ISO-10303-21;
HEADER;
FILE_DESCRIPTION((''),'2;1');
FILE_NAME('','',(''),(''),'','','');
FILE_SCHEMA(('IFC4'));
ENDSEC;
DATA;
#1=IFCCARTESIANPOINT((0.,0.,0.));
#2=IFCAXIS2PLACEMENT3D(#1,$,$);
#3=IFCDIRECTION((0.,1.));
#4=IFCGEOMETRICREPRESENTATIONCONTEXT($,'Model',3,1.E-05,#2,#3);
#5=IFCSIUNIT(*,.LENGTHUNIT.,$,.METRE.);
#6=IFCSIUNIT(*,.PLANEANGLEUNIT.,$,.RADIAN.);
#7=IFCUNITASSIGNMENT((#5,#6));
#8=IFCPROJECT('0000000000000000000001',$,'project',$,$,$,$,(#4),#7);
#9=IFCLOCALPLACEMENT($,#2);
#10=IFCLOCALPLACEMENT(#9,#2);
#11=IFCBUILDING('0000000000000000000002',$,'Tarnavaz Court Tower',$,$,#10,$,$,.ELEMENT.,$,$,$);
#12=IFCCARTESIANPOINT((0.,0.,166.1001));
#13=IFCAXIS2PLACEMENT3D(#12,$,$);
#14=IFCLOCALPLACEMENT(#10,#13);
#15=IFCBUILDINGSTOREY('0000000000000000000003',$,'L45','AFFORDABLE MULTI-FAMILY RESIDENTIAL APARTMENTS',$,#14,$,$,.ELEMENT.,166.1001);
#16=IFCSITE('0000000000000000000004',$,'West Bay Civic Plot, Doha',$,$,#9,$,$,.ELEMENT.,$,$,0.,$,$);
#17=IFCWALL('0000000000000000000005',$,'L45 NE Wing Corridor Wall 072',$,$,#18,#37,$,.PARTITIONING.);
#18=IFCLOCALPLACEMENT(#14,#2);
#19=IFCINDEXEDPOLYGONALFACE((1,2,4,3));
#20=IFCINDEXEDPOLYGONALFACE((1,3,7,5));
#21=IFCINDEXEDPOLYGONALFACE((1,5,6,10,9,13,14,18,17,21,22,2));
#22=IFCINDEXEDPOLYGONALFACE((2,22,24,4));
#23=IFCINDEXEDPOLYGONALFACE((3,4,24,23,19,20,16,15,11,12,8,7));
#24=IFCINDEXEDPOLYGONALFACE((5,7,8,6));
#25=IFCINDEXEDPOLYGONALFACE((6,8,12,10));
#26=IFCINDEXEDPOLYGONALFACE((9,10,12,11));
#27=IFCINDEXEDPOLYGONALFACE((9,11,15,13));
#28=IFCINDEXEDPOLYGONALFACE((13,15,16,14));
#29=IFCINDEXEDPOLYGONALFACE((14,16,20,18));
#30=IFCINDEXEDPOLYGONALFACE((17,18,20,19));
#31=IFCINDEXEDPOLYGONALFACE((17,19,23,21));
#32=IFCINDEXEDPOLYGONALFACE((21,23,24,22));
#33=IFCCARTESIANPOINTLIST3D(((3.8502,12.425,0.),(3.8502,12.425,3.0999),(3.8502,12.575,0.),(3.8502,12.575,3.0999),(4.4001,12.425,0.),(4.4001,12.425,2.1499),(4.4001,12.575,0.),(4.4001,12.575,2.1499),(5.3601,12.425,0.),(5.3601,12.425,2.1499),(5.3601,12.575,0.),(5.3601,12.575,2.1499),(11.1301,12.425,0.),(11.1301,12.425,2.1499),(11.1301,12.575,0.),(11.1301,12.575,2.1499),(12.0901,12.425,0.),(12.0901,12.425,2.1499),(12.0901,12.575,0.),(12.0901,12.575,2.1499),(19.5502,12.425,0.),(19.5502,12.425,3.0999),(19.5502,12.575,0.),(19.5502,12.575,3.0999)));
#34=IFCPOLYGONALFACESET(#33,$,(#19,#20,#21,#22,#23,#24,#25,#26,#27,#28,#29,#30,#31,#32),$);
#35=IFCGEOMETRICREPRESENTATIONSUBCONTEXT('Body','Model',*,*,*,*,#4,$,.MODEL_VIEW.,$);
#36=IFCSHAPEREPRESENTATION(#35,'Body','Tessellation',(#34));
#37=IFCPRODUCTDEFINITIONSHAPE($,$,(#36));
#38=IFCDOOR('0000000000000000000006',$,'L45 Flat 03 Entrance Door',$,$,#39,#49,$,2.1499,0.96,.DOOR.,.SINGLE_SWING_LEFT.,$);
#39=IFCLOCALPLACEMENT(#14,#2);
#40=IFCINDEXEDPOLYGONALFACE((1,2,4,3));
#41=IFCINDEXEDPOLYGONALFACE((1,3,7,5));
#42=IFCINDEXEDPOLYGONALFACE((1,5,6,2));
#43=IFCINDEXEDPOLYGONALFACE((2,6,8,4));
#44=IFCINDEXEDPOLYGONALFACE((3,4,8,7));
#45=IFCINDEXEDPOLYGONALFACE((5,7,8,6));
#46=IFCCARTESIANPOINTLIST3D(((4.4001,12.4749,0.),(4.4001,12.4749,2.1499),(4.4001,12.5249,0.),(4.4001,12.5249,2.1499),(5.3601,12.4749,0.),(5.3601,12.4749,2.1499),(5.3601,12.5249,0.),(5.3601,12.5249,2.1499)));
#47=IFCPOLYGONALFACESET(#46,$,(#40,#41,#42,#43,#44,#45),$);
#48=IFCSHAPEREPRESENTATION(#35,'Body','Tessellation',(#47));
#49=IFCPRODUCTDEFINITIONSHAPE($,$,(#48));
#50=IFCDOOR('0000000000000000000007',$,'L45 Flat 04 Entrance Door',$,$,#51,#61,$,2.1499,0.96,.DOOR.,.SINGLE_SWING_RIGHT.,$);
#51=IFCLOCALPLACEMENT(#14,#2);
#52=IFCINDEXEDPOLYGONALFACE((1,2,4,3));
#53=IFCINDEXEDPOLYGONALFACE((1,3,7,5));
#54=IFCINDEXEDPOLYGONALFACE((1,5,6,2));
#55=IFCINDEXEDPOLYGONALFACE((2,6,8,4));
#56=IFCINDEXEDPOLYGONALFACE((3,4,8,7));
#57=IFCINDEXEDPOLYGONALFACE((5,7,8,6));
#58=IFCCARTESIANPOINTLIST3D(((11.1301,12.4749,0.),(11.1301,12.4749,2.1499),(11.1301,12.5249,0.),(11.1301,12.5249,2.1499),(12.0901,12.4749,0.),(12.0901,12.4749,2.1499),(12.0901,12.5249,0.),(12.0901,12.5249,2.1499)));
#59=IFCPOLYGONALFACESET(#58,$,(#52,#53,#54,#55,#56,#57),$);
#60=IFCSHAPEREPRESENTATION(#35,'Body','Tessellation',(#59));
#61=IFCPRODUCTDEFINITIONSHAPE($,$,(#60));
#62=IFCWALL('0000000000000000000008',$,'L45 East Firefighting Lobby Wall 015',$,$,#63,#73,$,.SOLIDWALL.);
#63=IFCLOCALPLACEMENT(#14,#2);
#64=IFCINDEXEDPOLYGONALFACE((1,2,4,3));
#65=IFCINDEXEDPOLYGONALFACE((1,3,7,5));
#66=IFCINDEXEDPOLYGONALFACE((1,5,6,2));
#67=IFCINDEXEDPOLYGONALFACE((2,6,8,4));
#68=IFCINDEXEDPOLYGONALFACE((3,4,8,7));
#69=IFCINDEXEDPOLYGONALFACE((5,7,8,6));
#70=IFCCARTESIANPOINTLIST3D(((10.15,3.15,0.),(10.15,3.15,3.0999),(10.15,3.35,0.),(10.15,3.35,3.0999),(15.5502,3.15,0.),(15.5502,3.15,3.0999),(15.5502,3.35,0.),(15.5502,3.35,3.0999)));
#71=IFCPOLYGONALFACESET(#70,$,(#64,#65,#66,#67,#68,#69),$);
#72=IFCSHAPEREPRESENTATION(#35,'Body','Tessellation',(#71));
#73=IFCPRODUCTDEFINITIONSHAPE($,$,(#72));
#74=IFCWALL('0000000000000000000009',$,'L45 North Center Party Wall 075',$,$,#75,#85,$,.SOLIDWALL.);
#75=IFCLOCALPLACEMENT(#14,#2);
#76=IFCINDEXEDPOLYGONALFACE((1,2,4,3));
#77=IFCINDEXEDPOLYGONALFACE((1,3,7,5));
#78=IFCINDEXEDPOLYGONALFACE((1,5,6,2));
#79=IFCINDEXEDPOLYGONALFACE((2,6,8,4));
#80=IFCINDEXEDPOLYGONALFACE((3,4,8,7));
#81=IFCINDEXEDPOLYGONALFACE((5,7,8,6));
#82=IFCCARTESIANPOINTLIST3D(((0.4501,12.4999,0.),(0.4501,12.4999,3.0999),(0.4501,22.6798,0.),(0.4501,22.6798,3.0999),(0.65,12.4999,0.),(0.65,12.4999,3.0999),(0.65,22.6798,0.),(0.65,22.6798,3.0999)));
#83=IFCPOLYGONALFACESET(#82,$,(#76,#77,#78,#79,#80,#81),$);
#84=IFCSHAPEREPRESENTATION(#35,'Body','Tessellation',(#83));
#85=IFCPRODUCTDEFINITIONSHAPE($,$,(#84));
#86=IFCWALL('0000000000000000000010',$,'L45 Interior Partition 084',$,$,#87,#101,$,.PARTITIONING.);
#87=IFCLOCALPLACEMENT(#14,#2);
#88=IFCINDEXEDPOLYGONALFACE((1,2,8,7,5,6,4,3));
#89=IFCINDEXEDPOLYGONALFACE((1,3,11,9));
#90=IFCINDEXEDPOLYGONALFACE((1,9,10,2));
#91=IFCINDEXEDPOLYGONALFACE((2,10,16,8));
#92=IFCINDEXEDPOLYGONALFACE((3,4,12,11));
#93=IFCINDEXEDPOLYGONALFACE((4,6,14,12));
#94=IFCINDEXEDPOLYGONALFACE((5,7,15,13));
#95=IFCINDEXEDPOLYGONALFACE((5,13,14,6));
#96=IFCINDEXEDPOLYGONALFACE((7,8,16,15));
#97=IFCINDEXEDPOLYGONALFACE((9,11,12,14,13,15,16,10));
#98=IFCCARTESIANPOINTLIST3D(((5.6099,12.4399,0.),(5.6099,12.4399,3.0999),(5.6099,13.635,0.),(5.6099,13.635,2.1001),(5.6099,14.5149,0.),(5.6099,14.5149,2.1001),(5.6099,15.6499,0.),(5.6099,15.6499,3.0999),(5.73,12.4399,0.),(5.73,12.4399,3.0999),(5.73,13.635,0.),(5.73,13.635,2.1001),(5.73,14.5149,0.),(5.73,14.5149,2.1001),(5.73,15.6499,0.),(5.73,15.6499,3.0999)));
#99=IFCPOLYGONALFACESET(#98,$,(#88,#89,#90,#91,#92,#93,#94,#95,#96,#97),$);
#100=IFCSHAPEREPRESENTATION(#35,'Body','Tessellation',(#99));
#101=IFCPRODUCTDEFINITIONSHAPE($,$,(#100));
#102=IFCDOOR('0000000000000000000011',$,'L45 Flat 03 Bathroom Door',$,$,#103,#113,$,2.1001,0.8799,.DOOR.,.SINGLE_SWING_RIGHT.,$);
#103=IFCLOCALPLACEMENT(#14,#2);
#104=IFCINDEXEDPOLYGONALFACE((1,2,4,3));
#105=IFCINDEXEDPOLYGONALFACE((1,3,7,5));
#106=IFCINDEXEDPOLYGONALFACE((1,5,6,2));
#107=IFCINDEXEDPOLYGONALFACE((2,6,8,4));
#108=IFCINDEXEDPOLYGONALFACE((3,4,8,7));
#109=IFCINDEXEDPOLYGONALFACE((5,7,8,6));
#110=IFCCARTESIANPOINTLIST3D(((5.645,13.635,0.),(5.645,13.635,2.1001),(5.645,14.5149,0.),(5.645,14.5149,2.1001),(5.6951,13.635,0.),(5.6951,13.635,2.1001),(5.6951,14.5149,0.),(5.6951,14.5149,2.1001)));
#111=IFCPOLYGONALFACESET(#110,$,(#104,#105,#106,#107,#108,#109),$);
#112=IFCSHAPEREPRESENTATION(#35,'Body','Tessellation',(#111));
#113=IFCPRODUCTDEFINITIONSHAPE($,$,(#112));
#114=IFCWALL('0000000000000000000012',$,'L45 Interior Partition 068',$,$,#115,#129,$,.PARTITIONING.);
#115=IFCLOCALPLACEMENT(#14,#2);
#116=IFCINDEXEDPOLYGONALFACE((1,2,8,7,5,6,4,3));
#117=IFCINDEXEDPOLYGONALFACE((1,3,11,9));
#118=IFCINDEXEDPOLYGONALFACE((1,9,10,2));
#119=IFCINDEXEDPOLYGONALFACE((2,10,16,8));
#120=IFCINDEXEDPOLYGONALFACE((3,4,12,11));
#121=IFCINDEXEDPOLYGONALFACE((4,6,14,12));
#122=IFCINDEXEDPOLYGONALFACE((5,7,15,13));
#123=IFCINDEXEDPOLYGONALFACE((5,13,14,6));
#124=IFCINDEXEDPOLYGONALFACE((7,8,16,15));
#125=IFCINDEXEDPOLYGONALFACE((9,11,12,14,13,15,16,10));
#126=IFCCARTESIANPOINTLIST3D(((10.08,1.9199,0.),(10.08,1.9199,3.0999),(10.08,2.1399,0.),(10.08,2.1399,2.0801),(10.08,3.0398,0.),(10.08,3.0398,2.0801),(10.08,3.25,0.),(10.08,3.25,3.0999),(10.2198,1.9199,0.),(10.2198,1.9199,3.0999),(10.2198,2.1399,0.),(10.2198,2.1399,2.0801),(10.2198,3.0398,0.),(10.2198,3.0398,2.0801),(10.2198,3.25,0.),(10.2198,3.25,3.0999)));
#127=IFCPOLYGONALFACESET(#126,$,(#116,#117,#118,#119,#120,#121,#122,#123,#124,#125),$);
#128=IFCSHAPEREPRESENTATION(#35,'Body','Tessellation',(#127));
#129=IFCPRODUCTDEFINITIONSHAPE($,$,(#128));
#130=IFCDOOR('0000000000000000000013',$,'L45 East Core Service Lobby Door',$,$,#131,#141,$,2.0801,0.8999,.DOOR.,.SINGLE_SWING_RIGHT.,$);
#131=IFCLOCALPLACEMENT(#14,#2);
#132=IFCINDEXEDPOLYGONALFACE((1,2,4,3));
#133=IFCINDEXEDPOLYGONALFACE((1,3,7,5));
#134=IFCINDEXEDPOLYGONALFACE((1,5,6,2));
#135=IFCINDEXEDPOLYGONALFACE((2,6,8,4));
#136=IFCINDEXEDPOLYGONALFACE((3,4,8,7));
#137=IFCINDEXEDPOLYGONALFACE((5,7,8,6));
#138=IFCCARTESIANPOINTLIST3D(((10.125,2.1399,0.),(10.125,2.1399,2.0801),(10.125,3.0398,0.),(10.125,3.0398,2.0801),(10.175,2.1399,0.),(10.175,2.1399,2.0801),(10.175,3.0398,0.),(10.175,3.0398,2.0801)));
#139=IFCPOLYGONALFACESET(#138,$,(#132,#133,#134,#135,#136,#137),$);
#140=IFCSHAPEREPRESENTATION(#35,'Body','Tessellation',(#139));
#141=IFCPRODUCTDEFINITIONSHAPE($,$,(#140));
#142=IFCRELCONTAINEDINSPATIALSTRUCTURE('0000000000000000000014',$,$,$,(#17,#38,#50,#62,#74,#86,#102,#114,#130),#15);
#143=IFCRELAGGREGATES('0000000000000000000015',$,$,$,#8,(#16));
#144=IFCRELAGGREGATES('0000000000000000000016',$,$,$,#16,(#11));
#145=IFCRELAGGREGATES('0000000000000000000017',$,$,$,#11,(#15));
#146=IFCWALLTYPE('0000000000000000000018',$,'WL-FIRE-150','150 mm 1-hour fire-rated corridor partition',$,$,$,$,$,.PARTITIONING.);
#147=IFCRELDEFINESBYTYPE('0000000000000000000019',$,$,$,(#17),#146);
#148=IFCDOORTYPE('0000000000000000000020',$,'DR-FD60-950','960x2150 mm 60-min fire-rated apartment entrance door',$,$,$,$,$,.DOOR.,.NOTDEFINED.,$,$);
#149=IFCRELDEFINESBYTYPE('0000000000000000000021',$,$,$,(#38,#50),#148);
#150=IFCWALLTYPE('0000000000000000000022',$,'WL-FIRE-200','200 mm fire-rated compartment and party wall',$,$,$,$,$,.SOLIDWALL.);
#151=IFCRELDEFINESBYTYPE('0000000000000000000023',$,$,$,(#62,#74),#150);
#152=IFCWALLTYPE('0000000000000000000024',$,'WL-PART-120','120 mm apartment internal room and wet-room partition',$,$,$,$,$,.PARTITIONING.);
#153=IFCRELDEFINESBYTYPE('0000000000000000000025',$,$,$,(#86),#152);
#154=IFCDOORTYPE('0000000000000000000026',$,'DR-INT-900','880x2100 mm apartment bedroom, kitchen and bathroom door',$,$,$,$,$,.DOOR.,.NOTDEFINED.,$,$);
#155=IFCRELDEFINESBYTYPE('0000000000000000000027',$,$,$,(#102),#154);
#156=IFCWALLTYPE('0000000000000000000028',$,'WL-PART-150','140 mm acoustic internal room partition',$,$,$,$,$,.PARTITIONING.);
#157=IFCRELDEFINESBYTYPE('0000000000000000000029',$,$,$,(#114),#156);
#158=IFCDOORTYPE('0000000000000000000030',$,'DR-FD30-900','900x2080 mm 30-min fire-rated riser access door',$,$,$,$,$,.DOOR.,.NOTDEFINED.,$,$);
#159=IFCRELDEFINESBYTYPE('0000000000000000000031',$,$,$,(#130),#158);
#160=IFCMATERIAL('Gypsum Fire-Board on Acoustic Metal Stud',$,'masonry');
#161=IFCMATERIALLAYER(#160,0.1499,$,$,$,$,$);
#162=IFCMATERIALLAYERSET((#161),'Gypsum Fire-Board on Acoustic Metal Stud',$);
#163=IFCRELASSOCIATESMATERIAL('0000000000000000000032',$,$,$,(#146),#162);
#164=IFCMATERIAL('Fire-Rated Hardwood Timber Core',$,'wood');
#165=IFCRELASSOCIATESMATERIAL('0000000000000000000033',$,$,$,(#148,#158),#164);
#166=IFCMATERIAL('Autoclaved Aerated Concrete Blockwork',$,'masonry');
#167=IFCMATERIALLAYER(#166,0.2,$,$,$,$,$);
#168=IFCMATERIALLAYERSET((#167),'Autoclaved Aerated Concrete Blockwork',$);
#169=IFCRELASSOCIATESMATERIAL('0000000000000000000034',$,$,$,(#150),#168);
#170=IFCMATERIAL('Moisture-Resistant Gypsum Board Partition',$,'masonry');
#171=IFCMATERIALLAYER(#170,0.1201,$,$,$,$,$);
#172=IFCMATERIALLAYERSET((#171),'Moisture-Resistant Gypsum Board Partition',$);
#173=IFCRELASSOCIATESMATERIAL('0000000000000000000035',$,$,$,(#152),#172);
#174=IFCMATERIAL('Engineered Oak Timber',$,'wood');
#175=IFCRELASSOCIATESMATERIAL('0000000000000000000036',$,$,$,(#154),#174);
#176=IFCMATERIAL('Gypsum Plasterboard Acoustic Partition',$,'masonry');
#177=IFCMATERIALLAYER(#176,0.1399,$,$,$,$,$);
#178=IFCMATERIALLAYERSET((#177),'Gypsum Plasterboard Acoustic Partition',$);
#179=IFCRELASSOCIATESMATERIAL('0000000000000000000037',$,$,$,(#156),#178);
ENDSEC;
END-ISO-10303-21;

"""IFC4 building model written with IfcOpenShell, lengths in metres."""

from ifc_helpers import new_model, si_unit, direction, frame, frame_2d, origin, place, context, subcontext, project, spatial, rectangle, extrude, material, layer, layer_set, type_object, element, fill, save


model = new_model("IFC4")

# Units and contexts
model_context = context("Model", 3, precision=1e-05, world=origin(), true_north=direction((0.0, 1.0)))
body_context = subcontext(model_context, "Body", "Model", "MODEL_VIEW")
ifc_project = project(units=[si_unit("LENGTHUNIT", "METRE"), si_unit("PLANEANGLEUNIT", "RADIAN")], contexts=[model_context])

# Site, building, storey
site_placement = place(None, origin())
site = spatial("IfcSite", under=ifc_project, at=site_placement, Name="West Bay Civic Plot, Doha", CompositionType="ELEMENT", RefElevation=0.0)
building_placement = place(site_placement, origin())
building = spatial("IfcBuilding", under=site, at=building_placement, Name="Tarnavaz Court Tower", CompositionType="ELEMENT")
storey_placement = place(building_placement, frame((0.0, 0.0, 166.1001)))
storey = spatial("IfcBuildingStorey", under=building, at=storey_placement, Name="L45", Description="AFFORDABLE MULTI-FAMILY RESIDENTIAL APARTMENTS", CompositionType="ELEMENT", Elevation=166.1001)

# Shared definitions
ifc_material_1 = material(Name="Fire-Rated Hardwood Timber Core", Category="wood")

# Wall, openings, doors
ifc_material_2 = material(Name="Gypsum Fire-Board on Acoustic Metal Stud", Category="masonry")
ifc_layer_1 = layer(ifc_material_2, 0.1499)
ifc_layer_set_1 = layer_set([ifc_layer_1], Name="Gypsum Fire-Board on Acoustic Metal Stud")
wall_type_1 = type_object("IfcWallType", Name="WL-FIRE-150", Description="150 mm 1-hour fire-rated corridor partition", PredefinedType="PARTITIONING", material=ifc_layer_set_1)
wall_1_placement = place(storey_placement, frame((3.8501, 12.5, 0.0), z_axis=(0.0, 0.0, 1.0), x_axis=(1.0, 0.0, 0.0)))
wall_1 = element("IfcWall", 1, at=wall_1_placement, inside=storey, type_object=wall_type_1, Name="L45 NE Wing Corridor Wall 072", PredefinedType="PARTITIONING", context=body_context, shape_type="SweptSolid", body=[
    extrude(rectangle(XDim=15.7, YDim=0.1499, at=frame_2d((7.8501, 0.0))), origin(), (0.0, 0.0, 1.0), 3.0999),
])
opening_1_placement = place(wall_1_placement, frame((0.55, 0.0, 0.0)))
opening_1 = element("IfcOpeningElement", 2, at=opening_1_placement, cuts=wall_1, PredefinedType="OPENING", context=body_context, shape_type="SweptSolid", body=[
    extrude(rectangle(XDim=0.96, YDim=2.1499, at=frame_2d((0.48, 1.075))), frame((0.0, 0.085, 0.0), z_axis=(0.0, -1.0, 0.0), x_axis=(1.0, 0.0, 0.0)), (0.0, 0.0, 1.0), 0.1699),
])
opening_2_placement = place(wall_1_placement, frame((7.28, 0.0, 0.0)))
opening_2 = element("IfcOpeningElement", 3, at=opening_2_placement, cuts=wall_1, PredefinedType="OPENING", context=body_context, shape_type="SweptSolid", body=[
    extrude(rectangle(XDim=0.96, YDim=2.1499, at=frame_2d((0.48, 1.075))), frame((0.0, 0.085, 0.0), z_axis=(0.0, -1.0, 0.0), x_axis=(1.0, 0.0, 0.0)), (0.0, 0.0, 1.0), 0.1699),
])
door_type_1 = type_object("IfcDoorType", Name="DR-FD60-950", Description="960x2150 mm 60-min fire-rated apartment entrance door", OperationType="NOTDEFINED", PredefinedType="DOOR", material=ifc_material_1)
door_1_placement = place(opening_1_placement, origin())
door_1 = element("IfcDoor", 4, at=door_1_placement, inside=storey, type_object=door_type_1, Name="L45 Flat 03 Entrance Door", OperationType="SINGLE_SWING_LEFT", OverallHeight=2.1499, OverallWidth=0.96, PredefinedType="DOOR", context=body_context, shape_type="SweptSolid", body=[
    extrude(rectangle(XDim=0.96, YDim=2.1499, at=frame_2d((0.48, 1.075))), frame((0.0, 0.0249, 0.0), z_axis=(0.0, -1.0, 0.0), x_axis=(1.0, 0.0, 0.0)), (0.0, 0.0, 1.0), 0.05),
])
fill(opening_1, door_1)
door_2_placement = place(opening_2_placement, origin())
door_2 = element("IfcDoor", 5, at=door_2_placement, inside=storey, type_object=door_type_1, Name="L45 Flat 04 Entrance Door", OperationType="SINGLE_SWING_RIGHT", OverallHeight=2.1499, OverallWidth=0.96, PredefinedType="DOOR", context=body_context, shape_type="SweptSolid", body=[
    extrude(rectangle(XDim=0.96, YDim=2.1499, at=frame_2d((0.48, 1.075))), frame((0.0, 0.0249, 0.0), z_axis=(0.0, -1.0, 0.0), x_axis=(1.0, 0.0, 0.0)), (0.0, 0.0, 1.0), 0.05),
])
fill(opening_2, door_2)

# Wall
ifc_material_3 = material(Name="Autoclaved Aerated Concrete Blockwork", Category="masonry")
ifc_layer_2 = layer(ifc_material_3, 0.2)
ifc_layer_set_2 = layer_set([ifc_layer_2], Name="Autoclaved Aerated Concrete Blockwork")
wall_type_2 = type_object("IfcWallType", Name="WL-FIRE-200", Description="200 mm fire-rated compartment and party wall", PredefinedType="SOLIDWALL", material=ifc_layer_set_2)
wall_2_placement = place(storey_placement, frame((10.1499, 3.25, 0.0), z_axis=(0.0, 0.0, 1.0), x_axis=(1.0, 0.0, 0.0)))
element("IfcWall", 6, at=wall_2_placement, inside=storey, type_object=wall_type_2, Name="L45 East Firefighting Lobby Wall 015", PredefinedType="SOLIDWALL", context=body_context, shape_type="SweptSolid", body=[
    extrude(rectangle(XDim=5.4001, YDim=0.2, at=frame_2d((2.7002, 0.0))), origin(), (0.0, 0.0, 1.0), 3.0999),
])

# Wall
wall_3_placement = place(storey_placement, frame((0.55, 12.5, 0.0), z_axis=(0.0, 0.0, 1.0), x_axis=(0.0, 1.0, 0.0)))
element("IfcWall", 7, at=wall_3_placement, inside=storey, type_object=wall_type_2, Name="L45 North Center Party Wall 075", PredefinedType="SOLIDWALL", context=body_context, shape_type="SweptSolid", body=[
    extrude(rectangle(XDim=10.1799, YDim=0.2, at=frame_2d((5.0898, 0.0))), origin(), (0.0, 0.0, 1.0), 3.0999),
])

# Walls, openings, doors
ifc_material_4 = material(Name="Moisture-Resistant Gypsum Board Partition", Category="masonry")
ifc_layer_3 = layer(ifc_material_4, 0.1201)
ifc_layer_set_3 = layer_set([ifc_layer_3], Name="Moisture-Resistant Gypsum Board Partition")
wall_type_3 = type_object("IfcWallType", Name="WL-PART-120", Description="120 mm apartment internal room and wet-room partition", PredefinedType="PARTITIONING", material=ifc_layer_set_3)
wall_4_placement = place(storey_placement, frame((5.6699, 12.4399, 0.0), z_axis=(0.0, 0.0, 1.0), x_axis=(0.0, 1.0, 0.0)))
wall_4 = element("IfcWall", 8, at=wall_4_placement, inside=storey, type_object=wall_type_3, Name="L45 Interior Partition 084", PredefinedType="PARTITIONING", context=body_context, shape_type="SweptSolid", body=[
    extrude(rectangle(XDim=3.21, YDim=0.1201, at=frame_2d((1.605, 0.0))), origin(), (0.0, 0.0, 1.0), 3.0999),
])
opening_3_placement = place(wall_4_placement, frame((1.1951, 0.0, 0.0)))
opening_3 = element("IfcOpeningElement", 9, at=opening_3_placement, cuts=wall_4, PredefinedType="OPENING", context=body_context, shape_type="SweptSolid", body=[
    extrude(rectangle(XDim=0.8799, YDim=2.1001, at=frame_2d((0.4399, 1.05))), frame((0.0, 0.0701, 0.0), z_axis=(0.0, -1.0, 0.0), x_axis=(1.0, 0.0, 0.0)), (0.0, 0.0, 1.0), 0.1401),
])
ifc_material_5 = material(Name="Engineered Oak Timber", Category="wood")
door_type_2 = type_object("IfcDoorType", Name="DR-INT-900", Description="880x2100 mm apartment bedroom, kitchen and bathroom door", OperationType="NOTDEFINED", PredefinedType="DOOR", material=ifc_material_5)
door_3_placement = place(opening_3_placement, origin())
door_3 = element("IfcDoor", 10, at=door_3_placement, inside=storey, type_object=door_type_2, Name="L45 Flat 03 Bathroom Door", OperationType="SINGLE_SWING_RIGHT", OverallHeight=2.1001, OverallWidth=0.8799, PredefinedType="DOOR", context=body_context, shape_type="SweptSolid", body=[
    extrude(rectangle(XDim=0.8799, YDim=2.1001, at=frame_2d((0.4399, 1.05))), frame((0.0, 0.0249, 0.0), z_axis=(0.0, -1.0, 0.0), x_axis=(1.0, 0.0, 0.0)), (0.0, 0.0, 1.0), 0.05),
])
fill(opening_3, door_3)
ifc_material_6 = material(Name="Gypsum Plasterboard Acoustic Partition", Category="masonry")
ifc_layer_4 = layer(ifc_material_6, 0.1399)
ifc_layer_set_4 = layer_set([ifc_layer_4], Name="Gypsum Plasterboard Acoustic Partition")
wall_type_4 = type_object("IfcWallType", Name="WL-PART-150", Description="140 mm acoustic internal room partition", PredefinedType="PARTITIONING", material=ifc_layer_set_4)
wall_5_placement = place(storey_placement, frame((10.1499, 1.9199, 0.0), z_axis=(0.0, 0.0, 1.0), x_axis=(0.0, 1.0, 0.0)))
wall_5 = element("IfcWall", 11, at=wall_5_placement, inside=storey, type_object=wall_type_4, Name="L45 Interior Partition 068", PredefinedType="PARTITIONING", context=body_context, shape_type="SweptSolid", body=[
    extrude(rectangle(XDim=1.3301, YDim=0.1399, at=frame_2d((0.665, 0.0))), origin(), (0.0, 0.0, 1.0), 3.0999),
])
opening_4_placement = place(wall_5_placement, frame((0.22, 0.0, 0.0)))
opening_4 = element("IfcOpeningElement", 12, at=opening_4_placement, cuts=wall_5, PredefinedType="OPENING", context=body_context, shape_type="SweptSolid", body=[
    extrude(rectangle(XDim=0.8999, YDim=2.0801, at=frame_2d((0.45, 1.04))), frame((0.0, 0.0798, 0.0), z_axis=(0.0, -1.0, 0.0), x_axis=(1.0, 0.0, 0.0)), (0.0, 0.0, 1.0), 0.1599),
])
door_type_3 = type_object("IfcDoorType", Name="DR-FD30-900", Description="900x2080 mm 30-min fire-rated riser access door", OperationType="NOTDEFINED", PredefinedType="DOOR", material=ifc_material_1)
door_4_placement = place(opening_4_placement, origin())
door_4 = element("IfcDoor", 13, at=door_4_placement, inside=storey, type_object=door_type_3, Name="L45 East Core Service Lobby Door", OperationType="SINGLE_SWING_RIGHT", OverallHeight=2.0801, OverallWidth=0.8999, PredefinedType="DOOR", context=body_context, shape_type="SweptSolid", body=[
    extrude(rectangle(XDim=0.8999, YDim=2.0801, at=frame_2d((0.45, 1.04))), frame((0.0, 0.0249, 0.0), z_axis=(0.0, -1.0, 0.0), x_axis=(1.0, 0.0, 0.0)), (0.0, 0.0, 1.0), 0.05),
])
fill(opening_4, door_4)

save(model, "model.ifc")
